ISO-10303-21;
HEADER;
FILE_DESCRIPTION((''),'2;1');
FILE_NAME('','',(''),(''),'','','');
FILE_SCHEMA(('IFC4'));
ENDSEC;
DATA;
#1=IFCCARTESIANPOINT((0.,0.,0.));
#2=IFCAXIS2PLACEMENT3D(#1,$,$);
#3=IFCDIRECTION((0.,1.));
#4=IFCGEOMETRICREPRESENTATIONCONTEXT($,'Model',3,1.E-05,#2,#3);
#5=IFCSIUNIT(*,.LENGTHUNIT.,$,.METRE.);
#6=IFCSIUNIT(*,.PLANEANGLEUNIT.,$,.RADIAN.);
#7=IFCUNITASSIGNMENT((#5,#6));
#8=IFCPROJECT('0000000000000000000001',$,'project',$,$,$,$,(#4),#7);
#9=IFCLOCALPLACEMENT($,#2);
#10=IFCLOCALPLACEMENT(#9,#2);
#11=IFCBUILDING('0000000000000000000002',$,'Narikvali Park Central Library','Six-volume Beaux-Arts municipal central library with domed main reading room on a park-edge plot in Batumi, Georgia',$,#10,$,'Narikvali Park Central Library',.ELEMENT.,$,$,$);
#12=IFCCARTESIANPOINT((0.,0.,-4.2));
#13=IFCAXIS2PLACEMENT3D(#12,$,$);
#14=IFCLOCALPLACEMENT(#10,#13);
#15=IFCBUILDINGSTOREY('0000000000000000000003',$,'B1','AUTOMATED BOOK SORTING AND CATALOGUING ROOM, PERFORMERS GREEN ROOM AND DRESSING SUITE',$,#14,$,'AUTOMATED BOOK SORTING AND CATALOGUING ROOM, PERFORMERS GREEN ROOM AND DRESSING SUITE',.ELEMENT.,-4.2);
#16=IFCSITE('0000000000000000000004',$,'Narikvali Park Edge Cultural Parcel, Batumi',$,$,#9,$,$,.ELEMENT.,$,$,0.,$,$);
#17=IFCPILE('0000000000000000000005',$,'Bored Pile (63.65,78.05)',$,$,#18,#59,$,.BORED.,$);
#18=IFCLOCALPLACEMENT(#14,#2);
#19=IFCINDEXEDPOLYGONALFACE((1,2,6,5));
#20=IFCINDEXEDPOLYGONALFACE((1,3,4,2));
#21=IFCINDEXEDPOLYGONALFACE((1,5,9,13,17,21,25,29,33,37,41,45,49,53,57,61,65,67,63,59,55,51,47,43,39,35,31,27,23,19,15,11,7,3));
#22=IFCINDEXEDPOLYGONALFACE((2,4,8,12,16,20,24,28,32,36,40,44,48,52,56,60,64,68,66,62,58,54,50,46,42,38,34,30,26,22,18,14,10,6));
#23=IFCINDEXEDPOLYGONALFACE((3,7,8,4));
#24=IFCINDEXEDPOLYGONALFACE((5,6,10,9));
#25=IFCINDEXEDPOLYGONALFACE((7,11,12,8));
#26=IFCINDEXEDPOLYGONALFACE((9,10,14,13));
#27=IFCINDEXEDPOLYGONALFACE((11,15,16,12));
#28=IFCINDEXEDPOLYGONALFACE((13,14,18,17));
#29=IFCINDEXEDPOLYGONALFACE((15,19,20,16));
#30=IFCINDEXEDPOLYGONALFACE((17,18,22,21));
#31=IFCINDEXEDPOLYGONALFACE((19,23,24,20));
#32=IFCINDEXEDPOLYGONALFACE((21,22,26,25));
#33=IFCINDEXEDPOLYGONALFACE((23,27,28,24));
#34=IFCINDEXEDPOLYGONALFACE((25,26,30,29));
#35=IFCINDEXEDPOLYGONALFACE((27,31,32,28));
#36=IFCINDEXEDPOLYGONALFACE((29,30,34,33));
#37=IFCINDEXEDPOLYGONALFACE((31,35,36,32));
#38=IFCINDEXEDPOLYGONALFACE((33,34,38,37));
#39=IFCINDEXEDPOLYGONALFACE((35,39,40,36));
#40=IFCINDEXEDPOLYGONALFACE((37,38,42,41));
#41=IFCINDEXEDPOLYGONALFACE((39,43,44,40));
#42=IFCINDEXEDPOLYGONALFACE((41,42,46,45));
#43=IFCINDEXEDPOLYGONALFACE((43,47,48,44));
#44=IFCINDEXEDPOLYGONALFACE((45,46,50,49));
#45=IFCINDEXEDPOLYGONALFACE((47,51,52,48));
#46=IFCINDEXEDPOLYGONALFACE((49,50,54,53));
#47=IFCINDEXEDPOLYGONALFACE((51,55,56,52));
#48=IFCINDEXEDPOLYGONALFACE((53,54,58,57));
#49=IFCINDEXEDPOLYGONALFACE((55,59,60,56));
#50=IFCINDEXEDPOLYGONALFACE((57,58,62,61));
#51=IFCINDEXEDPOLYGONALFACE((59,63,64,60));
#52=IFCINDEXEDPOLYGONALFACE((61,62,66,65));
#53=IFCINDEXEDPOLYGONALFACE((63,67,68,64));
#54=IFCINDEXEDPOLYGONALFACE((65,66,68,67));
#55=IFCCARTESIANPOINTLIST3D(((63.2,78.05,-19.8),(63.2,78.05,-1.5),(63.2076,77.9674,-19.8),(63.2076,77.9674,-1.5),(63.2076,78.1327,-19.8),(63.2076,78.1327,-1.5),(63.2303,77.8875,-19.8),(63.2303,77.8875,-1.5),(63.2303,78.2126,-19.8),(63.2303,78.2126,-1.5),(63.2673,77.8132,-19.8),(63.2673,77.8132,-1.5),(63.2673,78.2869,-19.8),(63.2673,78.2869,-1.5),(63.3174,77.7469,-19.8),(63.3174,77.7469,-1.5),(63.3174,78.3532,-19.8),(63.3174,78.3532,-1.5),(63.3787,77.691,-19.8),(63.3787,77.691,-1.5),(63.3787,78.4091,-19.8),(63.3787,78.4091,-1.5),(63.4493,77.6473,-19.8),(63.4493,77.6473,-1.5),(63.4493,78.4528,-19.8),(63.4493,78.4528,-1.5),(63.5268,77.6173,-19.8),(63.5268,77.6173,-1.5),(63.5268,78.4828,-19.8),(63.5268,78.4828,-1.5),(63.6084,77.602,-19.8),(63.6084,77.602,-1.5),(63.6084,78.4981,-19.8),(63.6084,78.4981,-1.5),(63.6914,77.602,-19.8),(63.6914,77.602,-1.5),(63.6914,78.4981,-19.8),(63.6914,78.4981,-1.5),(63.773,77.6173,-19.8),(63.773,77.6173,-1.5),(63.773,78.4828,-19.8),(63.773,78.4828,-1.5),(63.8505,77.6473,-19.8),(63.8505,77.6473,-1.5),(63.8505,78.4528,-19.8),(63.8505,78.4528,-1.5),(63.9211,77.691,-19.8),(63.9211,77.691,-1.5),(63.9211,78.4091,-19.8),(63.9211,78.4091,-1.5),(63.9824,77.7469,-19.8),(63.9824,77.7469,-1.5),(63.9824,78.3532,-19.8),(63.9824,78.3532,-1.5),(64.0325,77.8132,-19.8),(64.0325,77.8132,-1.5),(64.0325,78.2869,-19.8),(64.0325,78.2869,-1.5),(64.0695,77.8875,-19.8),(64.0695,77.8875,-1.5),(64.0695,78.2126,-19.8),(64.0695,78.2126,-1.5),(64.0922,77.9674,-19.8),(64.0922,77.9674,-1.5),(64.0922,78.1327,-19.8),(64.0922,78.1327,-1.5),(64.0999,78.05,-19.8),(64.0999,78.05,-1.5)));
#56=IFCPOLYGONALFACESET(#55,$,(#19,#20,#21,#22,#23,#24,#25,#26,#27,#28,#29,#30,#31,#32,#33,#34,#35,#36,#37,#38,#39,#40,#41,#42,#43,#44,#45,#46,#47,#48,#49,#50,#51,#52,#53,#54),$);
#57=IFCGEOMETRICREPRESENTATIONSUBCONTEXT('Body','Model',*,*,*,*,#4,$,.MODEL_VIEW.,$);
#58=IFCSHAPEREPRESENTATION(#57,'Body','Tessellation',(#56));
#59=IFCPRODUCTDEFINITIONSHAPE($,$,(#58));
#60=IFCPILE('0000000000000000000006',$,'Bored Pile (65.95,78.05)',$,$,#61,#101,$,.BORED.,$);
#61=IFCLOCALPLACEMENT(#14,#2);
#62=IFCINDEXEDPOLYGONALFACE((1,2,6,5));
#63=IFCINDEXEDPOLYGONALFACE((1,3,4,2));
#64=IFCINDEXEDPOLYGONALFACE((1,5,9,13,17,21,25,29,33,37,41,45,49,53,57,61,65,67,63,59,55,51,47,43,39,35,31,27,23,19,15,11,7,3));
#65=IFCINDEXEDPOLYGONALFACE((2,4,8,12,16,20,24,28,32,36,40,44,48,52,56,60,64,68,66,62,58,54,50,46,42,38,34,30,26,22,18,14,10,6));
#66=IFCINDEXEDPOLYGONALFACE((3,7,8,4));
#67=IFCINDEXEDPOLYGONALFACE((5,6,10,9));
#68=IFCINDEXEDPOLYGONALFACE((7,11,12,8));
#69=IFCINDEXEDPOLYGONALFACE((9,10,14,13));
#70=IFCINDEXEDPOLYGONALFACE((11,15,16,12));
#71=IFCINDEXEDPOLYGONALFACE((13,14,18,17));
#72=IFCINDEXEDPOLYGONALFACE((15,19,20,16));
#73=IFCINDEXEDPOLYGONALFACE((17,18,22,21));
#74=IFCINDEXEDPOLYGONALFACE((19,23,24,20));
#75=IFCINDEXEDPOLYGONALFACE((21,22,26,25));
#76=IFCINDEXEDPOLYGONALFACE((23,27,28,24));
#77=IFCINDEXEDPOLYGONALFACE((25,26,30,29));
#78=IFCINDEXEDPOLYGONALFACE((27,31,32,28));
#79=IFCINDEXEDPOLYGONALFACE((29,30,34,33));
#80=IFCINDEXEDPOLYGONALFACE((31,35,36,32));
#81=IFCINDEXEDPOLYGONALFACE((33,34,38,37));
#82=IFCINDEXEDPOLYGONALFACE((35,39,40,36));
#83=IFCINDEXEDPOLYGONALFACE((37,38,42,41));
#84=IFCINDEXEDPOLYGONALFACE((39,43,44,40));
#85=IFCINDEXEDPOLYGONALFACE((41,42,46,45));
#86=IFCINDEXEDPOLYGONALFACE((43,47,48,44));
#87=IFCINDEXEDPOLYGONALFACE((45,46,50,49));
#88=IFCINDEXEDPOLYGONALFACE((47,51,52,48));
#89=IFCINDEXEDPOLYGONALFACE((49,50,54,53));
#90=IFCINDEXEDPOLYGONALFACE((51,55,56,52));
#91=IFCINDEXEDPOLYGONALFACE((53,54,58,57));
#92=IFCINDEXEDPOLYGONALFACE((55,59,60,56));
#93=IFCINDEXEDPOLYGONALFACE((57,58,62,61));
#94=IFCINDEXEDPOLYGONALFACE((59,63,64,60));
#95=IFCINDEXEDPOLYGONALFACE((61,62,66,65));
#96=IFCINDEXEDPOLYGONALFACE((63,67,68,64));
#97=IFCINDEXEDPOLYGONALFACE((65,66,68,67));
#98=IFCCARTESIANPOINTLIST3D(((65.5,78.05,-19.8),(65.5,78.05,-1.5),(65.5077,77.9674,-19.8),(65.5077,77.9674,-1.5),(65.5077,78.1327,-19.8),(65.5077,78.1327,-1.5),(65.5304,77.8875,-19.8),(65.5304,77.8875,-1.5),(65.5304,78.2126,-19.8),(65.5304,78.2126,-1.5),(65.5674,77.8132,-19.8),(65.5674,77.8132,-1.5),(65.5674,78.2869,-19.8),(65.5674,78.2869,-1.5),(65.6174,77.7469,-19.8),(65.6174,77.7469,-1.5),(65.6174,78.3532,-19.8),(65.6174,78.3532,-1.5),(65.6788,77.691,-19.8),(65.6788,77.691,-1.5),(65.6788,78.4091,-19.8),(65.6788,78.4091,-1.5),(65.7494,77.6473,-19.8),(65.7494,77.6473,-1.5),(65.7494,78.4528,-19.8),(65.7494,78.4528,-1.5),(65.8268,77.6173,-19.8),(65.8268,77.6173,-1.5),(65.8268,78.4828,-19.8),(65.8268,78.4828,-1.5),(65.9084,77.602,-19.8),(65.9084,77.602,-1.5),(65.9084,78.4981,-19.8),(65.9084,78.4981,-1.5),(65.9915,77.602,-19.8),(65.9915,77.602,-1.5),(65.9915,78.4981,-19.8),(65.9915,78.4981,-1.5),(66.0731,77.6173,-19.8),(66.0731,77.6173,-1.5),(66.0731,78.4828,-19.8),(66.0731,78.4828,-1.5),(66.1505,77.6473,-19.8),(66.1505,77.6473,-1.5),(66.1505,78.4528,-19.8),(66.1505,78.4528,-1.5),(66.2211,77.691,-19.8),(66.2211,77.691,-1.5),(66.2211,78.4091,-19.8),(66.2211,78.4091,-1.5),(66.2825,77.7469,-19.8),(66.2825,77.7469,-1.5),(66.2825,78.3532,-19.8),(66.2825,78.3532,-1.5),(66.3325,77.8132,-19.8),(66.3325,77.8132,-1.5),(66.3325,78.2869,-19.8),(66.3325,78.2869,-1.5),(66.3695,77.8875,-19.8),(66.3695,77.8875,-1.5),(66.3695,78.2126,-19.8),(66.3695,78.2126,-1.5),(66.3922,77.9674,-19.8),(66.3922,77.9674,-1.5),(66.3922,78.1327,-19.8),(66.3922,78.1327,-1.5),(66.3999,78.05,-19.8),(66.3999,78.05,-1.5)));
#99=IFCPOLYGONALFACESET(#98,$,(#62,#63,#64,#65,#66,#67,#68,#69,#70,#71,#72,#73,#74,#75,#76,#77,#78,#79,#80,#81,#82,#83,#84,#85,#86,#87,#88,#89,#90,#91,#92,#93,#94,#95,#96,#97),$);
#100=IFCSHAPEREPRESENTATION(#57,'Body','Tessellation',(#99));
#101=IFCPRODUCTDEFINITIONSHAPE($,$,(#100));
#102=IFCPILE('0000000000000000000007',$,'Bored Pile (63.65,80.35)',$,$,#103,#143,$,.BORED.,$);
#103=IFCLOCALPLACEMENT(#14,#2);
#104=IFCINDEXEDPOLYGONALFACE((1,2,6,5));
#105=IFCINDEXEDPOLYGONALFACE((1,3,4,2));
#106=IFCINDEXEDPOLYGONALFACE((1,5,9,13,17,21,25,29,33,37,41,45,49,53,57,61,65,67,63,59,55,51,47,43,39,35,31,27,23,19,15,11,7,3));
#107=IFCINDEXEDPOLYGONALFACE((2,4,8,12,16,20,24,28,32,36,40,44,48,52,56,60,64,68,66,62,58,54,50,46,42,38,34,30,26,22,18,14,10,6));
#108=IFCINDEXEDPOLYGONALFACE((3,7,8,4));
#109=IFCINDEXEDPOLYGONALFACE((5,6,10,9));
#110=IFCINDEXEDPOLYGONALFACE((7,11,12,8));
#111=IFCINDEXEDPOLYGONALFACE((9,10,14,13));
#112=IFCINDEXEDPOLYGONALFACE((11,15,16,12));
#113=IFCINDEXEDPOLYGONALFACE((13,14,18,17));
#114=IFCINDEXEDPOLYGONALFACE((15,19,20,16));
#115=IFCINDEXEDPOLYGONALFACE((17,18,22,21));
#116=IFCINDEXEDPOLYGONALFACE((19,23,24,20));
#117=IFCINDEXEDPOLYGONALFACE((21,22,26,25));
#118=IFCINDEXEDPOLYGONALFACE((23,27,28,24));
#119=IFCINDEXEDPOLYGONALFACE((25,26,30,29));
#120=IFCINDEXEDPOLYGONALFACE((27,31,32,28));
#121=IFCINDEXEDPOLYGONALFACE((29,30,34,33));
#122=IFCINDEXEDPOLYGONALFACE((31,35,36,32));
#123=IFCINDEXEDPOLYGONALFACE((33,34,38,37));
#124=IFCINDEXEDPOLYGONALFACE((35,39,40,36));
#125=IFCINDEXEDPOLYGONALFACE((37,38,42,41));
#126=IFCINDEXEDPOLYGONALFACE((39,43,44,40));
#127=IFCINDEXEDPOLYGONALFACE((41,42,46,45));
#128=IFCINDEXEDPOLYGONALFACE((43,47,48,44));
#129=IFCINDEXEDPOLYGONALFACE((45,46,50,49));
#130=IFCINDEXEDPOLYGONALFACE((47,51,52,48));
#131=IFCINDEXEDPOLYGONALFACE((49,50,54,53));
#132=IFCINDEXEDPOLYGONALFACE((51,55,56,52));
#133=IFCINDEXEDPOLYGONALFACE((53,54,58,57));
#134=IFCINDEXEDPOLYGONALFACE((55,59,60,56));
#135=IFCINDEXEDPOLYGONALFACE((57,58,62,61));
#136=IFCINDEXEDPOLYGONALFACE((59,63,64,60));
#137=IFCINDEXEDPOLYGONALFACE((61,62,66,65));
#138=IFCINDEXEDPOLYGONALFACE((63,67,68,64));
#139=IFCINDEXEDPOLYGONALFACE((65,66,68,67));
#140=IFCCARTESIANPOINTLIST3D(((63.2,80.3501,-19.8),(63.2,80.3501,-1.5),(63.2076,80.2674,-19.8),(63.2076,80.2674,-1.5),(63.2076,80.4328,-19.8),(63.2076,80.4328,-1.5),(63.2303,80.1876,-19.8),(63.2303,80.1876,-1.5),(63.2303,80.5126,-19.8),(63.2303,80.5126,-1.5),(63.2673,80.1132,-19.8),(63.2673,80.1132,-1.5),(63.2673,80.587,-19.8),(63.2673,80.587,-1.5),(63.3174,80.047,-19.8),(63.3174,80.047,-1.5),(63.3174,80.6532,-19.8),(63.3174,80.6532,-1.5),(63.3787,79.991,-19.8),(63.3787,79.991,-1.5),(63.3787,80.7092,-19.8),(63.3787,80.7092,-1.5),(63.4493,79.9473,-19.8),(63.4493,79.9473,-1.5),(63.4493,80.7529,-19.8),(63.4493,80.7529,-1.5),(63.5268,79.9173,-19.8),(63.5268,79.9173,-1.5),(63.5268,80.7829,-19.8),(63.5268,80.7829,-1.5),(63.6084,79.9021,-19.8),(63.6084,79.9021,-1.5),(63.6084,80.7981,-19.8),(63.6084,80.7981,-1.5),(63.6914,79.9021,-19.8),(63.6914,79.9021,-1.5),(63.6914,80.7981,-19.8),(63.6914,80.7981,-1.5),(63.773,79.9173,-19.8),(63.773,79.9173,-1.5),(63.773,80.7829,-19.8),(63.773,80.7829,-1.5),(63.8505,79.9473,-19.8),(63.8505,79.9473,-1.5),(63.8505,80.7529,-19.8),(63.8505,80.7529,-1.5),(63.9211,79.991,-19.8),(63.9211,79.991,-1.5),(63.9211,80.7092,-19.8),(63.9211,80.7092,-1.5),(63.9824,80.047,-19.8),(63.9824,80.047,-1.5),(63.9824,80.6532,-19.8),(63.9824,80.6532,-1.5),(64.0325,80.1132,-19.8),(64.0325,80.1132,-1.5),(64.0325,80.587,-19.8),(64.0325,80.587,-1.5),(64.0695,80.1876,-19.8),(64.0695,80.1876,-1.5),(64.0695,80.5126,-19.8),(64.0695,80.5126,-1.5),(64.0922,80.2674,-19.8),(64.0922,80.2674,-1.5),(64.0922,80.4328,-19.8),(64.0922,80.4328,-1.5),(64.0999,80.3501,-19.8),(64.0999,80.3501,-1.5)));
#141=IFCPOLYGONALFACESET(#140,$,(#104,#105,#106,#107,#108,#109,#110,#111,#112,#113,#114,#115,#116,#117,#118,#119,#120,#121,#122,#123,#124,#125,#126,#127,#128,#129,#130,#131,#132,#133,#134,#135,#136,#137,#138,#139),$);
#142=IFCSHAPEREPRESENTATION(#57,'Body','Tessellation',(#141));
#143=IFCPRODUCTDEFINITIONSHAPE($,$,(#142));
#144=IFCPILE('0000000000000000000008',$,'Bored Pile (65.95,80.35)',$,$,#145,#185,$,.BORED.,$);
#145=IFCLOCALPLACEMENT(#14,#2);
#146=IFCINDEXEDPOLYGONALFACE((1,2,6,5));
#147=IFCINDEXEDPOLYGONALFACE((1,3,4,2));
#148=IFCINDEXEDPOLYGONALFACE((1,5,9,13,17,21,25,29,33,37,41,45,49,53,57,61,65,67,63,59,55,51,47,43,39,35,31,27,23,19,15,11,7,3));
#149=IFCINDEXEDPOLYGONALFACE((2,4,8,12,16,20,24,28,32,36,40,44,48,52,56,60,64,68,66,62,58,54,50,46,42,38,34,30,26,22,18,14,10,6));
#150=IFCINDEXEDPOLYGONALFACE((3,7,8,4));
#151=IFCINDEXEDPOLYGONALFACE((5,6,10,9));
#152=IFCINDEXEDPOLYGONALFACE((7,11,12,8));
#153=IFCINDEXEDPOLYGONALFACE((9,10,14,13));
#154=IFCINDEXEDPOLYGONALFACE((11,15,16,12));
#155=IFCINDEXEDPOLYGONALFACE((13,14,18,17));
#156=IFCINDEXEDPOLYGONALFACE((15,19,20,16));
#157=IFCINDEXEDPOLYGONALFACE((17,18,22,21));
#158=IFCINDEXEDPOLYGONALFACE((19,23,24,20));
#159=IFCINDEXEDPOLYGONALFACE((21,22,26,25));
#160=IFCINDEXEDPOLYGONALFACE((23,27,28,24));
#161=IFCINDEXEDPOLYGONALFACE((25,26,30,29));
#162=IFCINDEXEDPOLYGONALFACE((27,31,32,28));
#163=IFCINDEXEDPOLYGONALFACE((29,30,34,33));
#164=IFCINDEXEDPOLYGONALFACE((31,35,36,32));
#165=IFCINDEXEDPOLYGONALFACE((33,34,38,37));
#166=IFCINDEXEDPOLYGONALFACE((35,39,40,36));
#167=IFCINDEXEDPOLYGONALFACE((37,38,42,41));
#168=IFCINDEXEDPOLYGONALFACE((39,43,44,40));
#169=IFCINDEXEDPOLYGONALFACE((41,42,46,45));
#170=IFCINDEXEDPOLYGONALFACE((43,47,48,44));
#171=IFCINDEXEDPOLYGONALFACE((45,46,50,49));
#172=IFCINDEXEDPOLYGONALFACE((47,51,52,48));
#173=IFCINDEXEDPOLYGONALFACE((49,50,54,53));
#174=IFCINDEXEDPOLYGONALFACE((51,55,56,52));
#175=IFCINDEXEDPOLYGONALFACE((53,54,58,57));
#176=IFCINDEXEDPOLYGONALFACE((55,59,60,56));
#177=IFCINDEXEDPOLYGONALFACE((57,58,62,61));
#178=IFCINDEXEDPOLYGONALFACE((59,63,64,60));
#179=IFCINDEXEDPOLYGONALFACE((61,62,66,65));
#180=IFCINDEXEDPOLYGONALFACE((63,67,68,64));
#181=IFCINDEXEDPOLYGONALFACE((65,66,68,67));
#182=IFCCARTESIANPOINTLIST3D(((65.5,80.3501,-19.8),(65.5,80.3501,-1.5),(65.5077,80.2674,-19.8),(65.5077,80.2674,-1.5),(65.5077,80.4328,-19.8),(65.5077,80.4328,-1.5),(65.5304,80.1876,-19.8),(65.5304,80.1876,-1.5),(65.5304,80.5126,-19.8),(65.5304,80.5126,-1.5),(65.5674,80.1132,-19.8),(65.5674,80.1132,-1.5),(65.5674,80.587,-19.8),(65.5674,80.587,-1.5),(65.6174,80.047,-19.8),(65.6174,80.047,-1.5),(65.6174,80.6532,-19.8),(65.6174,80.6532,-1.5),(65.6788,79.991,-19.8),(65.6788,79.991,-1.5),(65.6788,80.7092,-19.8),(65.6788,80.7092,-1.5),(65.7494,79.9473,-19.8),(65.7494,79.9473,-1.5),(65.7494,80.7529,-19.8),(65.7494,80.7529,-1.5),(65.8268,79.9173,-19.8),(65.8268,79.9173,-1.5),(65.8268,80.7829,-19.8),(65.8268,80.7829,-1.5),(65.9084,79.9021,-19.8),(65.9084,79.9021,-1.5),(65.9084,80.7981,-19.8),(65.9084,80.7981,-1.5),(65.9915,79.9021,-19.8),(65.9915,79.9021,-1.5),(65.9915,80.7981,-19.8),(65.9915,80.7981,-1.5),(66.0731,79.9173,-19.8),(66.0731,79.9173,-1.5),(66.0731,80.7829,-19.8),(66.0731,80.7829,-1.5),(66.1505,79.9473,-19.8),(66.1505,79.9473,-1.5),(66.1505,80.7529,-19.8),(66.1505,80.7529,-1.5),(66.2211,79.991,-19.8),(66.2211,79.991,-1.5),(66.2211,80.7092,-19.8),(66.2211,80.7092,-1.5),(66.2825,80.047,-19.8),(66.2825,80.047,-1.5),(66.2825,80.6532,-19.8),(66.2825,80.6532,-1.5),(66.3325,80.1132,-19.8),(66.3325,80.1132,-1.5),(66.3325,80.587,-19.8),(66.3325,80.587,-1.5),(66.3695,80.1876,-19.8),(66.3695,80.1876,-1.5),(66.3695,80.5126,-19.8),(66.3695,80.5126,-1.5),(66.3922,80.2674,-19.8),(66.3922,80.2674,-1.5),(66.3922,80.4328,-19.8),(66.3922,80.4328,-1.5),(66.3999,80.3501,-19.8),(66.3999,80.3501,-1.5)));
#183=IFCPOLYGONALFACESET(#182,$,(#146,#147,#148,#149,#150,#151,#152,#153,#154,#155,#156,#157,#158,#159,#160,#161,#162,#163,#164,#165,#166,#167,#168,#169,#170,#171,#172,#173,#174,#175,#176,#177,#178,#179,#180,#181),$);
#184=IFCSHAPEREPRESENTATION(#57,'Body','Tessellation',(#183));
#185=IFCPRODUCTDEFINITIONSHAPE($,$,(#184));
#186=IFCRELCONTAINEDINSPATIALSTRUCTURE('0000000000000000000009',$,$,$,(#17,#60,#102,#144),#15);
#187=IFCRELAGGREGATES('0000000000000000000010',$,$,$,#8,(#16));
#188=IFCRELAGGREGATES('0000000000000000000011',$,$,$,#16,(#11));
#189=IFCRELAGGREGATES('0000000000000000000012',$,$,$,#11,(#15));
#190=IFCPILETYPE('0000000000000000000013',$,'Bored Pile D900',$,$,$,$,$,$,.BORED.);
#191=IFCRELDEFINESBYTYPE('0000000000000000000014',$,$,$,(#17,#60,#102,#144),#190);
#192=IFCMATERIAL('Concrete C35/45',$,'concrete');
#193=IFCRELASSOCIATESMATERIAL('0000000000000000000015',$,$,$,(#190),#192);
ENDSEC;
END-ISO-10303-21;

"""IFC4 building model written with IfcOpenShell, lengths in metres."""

from ifc_helpers import new_model, si_unit, direction, frame, origin, origin_2d, place, context, subcontext, project, spatial, circle, extrude, material, material_profile, profile_set, type_object, element, save


model = new_model("IFC4")

# Units and contexts
model_context = context("Model", 3, precision=1e-05, world=origin(), true_north=direction((0.0, 1.0)))
body_context = subcontext(model_context, "Body", "Model", "MODEL_VIEW")
ifc_project = project(units=[si_unit("LENGTHUNIT", "METRE"), si_unit("PLANEANGLEUNIT", "RADIAN")], contexts=[model_context])

# Site, building, storey
site_placement = place(None, origin())
site = spatial("IfcSite", under=ifc_project, at=site_placement, Name="Narikvali Park Edge Cultural Parcel, Batumi", CompositionType="ELEMENT", RefElevation=0.0)
building_placement = place(site_placement, origin())
building = spatial("IfcBuilding", under=site, at=building_placement, Name="Narikvali Park Central Library", Description="Six-volume Beaux-Arts municipal central library with domed main reading room on a park-edge plot in Batumi, Georgia", LongName="Narikvali Park Central Library", CompositionType="ELEMENT")
storey_placement = place(building_placement, frame((0.0, 0.0, -4.2)))
storey = spatial("IfcBuildingStorey", under=building, at=storey_placement, Name="B1", Description="AUTOMATED BOOK SORTING AND CATALOGUING ROOM, PERFORMERS GREEN ROOM AND DRESSING SUITE", LongName="AUTOMATED BOOK SORTING AND CATALOGUING ROOM, PERFORMERS GREEN ROOM AND DRESSING SUITE", CompositionType="ELEMENT", Elevation=-4.2)

# Piles
ifc_material_1 = material(Name="Concrete C35/45", Category="concrete")
ifc_material_profile_1 = material_profile(ifc_material_1, circle(Radius=0.45, at=origin_2d()), Name="PILE D900")
ifc_profile_set_1 = profile_set([ifc_material_profile_1], Name="Concrete C35/45")
pile_type = type_object("IfcPileType", Name="Bored Pile D900", PredefinedType="BORED", material=ifc_profile_set_1)
for number, where, z_axis, x_axis, name in (
    (1, (63.6499, 78.05, -1.5), (0.0, 0.0, -1.0), (1.0, 0.0, 0.0), "Bored Pile (63.65,78.05)"),
    (2, (65.95, 78.05, -1.5), (0.0, 0.0, -1.0), (1.0, 0.0, 0.0), "Bored Pile (65.95,78.05)"),
    (3, (63.6499, 80.3501, -1.5), (0.0, 0.0, -1.0), (1.0, 0.0, 0.0), "Bored Pile (63.65,80.35)"),
    (4, (65.95, 80.3501, -1.5), (0.0, 0.0, -1.0), (1.0, 0.0, 0.0), "Bored Pile (65.95,80.35)"),
):
    element("IfcPile", number, at=place(storey_placement, frame(where, z_axis=z_axis, x_axis=x_axis)), inside=storey, type_object=pile_type, Name=name, PredefinedType="BORED", context=body_context, shape_type="SweptSolid", body=[
        extrude(circle(Radius=0.45, at=origin_2d()), origin(), (0.0, 0.0, 1.0), 18.3),
    ])

save(model, "model.ifc")
